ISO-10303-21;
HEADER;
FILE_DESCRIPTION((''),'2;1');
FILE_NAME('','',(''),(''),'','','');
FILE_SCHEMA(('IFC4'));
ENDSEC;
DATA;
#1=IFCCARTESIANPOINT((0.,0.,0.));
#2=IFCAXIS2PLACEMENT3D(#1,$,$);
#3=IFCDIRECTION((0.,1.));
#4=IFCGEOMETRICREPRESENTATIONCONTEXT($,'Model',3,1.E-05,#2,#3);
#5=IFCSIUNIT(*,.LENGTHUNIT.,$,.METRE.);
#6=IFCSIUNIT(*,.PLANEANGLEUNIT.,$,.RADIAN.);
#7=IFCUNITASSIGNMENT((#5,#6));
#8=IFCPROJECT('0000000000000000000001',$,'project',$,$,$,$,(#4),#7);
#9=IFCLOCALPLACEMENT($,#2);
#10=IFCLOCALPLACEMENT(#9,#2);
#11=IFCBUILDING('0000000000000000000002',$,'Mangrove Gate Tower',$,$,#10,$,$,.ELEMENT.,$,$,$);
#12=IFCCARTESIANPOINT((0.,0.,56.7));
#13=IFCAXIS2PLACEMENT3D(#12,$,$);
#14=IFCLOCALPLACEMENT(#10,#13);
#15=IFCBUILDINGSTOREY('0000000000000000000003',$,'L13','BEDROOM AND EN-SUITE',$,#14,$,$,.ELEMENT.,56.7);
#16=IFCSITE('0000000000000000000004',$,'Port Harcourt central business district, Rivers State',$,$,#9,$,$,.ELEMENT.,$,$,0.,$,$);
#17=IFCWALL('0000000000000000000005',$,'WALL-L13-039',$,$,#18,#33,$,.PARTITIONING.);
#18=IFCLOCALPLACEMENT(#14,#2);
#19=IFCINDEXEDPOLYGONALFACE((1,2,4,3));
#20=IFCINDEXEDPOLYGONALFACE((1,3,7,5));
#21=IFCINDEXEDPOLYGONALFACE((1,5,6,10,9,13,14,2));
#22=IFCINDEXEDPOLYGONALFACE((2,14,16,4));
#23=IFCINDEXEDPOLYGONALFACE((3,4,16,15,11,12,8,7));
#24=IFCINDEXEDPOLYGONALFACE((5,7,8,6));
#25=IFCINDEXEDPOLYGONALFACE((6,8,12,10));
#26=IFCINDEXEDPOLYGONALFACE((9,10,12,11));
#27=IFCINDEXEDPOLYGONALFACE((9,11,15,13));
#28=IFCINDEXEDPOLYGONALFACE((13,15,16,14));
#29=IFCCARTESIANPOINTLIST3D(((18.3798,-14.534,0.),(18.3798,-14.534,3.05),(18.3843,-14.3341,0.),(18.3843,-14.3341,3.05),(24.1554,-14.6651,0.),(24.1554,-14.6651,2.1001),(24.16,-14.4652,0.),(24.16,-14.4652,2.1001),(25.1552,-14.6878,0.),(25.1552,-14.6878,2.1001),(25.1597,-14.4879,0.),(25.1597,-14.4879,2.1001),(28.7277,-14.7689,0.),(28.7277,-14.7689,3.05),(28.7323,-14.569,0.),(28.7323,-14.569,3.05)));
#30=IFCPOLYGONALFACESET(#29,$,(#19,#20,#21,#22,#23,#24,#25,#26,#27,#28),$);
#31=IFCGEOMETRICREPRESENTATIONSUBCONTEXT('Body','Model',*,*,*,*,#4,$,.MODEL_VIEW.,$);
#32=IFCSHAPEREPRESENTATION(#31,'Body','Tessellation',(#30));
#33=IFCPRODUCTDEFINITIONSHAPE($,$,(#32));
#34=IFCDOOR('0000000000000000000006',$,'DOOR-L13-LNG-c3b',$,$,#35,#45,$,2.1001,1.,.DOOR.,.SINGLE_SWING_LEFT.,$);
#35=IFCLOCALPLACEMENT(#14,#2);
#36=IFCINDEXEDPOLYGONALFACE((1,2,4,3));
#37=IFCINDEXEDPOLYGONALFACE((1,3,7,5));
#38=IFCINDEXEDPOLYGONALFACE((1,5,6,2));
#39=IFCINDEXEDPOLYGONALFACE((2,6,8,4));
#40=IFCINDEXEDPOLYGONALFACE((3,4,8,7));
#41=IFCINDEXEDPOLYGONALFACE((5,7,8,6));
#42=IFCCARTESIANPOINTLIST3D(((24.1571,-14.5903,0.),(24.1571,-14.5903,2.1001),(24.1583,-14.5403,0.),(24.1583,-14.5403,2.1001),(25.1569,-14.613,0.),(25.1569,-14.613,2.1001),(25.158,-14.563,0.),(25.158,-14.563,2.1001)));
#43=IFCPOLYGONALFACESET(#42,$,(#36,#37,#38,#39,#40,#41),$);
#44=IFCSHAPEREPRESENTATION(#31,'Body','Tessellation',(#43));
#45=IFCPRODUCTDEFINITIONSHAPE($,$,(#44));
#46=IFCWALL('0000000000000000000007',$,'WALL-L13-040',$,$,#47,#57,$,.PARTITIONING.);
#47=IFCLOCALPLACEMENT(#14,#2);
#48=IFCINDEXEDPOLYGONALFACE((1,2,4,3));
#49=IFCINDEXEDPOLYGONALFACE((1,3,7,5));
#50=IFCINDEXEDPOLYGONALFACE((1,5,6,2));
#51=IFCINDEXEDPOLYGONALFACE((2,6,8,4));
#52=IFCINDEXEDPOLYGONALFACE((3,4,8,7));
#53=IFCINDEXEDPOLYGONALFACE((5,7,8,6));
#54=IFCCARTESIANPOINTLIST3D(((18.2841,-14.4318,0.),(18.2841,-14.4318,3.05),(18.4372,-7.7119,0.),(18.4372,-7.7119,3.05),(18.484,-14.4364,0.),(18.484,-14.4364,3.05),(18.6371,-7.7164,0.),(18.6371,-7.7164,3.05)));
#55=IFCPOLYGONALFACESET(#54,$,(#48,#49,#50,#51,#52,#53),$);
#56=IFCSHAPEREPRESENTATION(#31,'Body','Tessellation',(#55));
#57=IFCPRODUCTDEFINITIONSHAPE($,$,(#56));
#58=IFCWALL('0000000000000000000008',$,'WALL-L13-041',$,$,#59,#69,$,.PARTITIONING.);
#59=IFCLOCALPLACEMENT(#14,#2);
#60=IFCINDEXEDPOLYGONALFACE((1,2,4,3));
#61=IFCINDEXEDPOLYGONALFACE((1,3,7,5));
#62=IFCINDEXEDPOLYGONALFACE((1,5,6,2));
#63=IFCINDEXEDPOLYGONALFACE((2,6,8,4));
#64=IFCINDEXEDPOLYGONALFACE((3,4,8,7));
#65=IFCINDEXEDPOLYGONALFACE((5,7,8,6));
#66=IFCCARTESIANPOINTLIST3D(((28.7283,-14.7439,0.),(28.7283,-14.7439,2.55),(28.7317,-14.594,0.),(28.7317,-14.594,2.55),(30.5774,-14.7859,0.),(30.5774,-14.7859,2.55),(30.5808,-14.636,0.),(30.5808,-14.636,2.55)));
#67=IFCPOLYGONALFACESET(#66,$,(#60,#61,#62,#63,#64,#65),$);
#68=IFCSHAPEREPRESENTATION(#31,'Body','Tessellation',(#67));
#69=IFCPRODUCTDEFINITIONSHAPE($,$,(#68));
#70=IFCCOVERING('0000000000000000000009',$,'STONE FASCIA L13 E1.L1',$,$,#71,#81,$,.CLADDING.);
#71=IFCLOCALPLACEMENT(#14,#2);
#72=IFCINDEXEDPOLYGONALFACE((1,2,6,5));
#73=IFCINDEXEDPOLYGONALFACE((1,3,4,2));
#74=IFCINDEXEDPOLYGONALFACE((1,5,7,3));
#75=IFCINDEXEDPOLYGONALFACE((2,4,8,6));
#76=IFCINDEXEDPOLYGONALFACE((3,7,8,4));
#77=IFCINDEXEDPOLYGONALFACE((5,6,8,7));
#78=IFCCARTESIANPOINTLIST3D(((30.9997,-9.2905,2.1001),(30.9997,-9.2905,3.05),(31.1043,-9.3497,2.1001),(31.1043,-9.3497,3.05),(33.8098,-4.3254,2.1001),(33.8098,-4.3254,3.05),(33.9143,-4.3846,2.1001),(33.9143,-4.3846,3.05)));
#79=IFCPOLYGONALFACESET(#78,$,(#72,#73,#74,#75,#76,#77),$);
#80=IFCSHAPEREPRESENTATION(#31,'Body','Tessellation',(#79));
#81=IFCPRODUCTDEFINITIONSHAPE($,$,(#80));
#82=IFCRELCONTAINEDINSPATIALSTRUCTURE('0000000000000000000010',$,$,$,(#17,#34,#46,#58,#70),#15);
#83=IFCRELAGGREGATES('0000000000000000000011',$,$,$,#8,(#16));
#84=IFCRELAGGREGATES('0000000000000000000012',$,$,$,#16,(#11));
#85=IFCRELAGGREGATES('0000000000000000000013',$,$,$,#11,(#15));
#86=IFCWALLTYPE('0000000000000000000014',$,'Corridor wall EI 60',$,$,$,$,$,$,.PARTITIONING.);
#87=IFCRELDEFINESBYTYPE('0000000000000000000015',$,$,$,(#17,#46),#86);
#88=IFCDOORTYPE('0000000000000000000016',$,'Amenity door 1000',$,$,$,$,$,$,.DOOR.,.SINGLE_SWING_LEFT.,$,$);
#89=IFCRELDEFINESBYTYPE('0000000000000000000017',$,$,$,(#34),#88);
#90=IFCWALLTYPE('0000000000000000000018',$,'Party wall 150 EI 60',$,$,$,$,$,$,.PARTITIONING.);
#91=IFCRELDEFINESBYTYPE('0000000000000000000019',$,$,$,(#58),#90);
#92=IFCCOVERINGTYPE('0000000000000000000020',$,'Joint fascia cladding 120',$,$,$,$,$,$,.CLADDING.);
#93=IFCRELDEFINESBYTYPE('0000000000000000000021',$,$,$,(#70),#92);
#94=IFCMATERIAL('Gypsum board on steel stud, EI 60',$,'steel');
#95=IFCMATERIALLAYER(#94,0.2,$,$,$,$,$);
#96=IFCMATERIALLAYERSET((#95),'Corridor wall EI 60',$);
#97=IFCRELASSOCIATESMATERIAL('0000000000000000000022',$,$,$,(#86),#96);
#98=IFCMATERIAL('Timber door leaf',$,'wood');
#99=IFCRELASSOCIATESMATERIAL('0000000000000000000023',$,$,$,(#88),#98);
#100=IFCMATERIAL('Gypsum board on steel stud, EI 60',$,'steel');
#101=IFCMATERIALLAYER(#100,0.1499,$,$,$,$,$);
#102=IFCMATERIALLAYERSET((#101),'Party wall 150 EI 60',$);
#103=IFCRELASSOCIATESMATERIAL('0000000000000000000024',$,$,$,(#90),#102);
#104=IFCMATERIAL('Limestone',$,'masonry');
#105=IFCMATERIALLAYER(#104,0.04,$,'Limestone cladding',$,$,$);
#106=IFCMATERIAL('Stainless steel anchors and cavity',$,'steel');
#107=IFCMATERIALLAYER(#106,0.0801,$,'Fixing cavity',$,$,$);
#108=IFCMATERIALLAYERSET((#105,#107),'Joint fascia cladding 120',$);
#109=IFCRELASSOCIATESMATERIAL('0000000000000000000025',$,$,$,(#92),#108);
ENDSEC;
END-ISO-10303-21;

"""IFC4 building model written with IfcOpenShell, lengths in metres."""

from ifc_helpers import new_model, si_unit, direction, frame, frame_2d, origin, place, context, subcontext, project, spatial, rectangle, extrude, material, layer, layer_set, type_object, element, fill, save


model = new_model("IFC4")

# Units and contexts
model_context = context("Model", 3, precision=1e-05, world=origin(), true_north=direction((0.0, 1.0)))
body_context = subcontext(model_context, "Body", "Model", "MODEL_VIEW")
ifc_project = project(units=[si_unit("LENGTHUNIT", "METRE"), si_unit("PLANEANGLEUNIT", "RADIAN")], contexts=[model_context])

# Site, building, storey
site_placement = place(None, origin())
site = spatial("IfcSite", under=ifc_project, at=site_placement, Name="Port Harcourt central business district, Rivers State", CompositionType="ELEMENT", RefElevation=0.0)
building_placement = place(site_placement, origin())
building = spatial("IfcBuilding", under=site, at=building_placement, Name="Mangrove Gate Tower", CompositionType="ELEMENT")
storey_placement = place(building_placement, frame((0.0, 0.0, 56.7)))
storey = spatial("IfcBuildingStorey", under=building, at=storey_placement, Name="L13", Description="BEDROOM AND EN-SUITE", CompositionType="ELEMENT", Elevation=56.7)

# Shared definitions
ifc_material_1 = material(Name="Gypsum board on steel stud, EI 60", Category="steel")
ifc_layer_1 = layer(ifc_material_1, 0.2)
ifc_layer_set_1 = layer_set([ifc_layer_1], Name="Corridor wall EI 60")
wall_type_1 = type_object("IfcWallType", Name="Corridor wall EI 60", PredefinedType="PARTITIONING", material=ifc_layer_set_1)

# Wall, opening, door
wall_1_placement = place(storey_placement, frame((18.3821, -14.4341, 0.0), z_axis=(0.0, 0.0, 1.0), x_axis=(0.999743, -0.022691, 0.0)))
wall_1 = element("IfcWall", 1, at=wall_1_placement, inside=storey, type_object=wall_type_1, Name="WALL-L13-039", PredefinedType="PARTITIONING", context=body_context, shape_type="SweptSolid", body=[
    extrude(rectangle(XDim=10.3506, YDim=0.2, at=frame_2d((5.1753, 0.0))), origin(), (0.0, 0.0, 1.0), 3.05),
])
opening_placement = place(wall_1_placement, frame((5.7771, 0.0, 0.0)))
opening = element("IfcOpeningElement", 2, at=opening_placement, cuts=wall_1, PredefinedType="OPENING", context=body_context, shape_type="SweptSolid", body=[
    extrude(rectangle(XDim=1.0, YDim=2.1001, at=frame_2d((0.5, 1.05))), frame((0.0, 0.1099, 0.0), z_axis=(0.0, -1.0, 0.0), x_axis=(1.0, 0.0, 0.0)), (0.0, 0.0, 1.0), 0.22),
])
ifc_material_2 = material(Name="Timber door leaf", Category="wood")
door_type = type_object("IfcDoorType", Name="Amenity door 1000", OperationType="SINGLE_SWING_LEFT", PredefinedType="DOOR", material=ifc_material_2)
door_placement = place(opening_placement, origin())
door = element("IfcDoor", 3, at=door_placement, inside=storey, type_object=door_type, Name="DOOR-L13-LNG-c3b", OperationType="SINGLE_SWING_LEFT", OverallHeight=2.1001, OverallWidth=1.0, PredefinedType="DOOR", context=body_context, shape_type="SweptSolid", body=[
    extrude(rectangle(XDim=1.0, YDim=2.1001, at=frame_2d((0.5, 1.05))), frame((0.0, 0.0249, 0.0), z_axis=(0.0, -1.0, 0.0), x_axis=(1.0, 0.0, 0.0)), (0.0, 0.0, 1.0), 0.05),
])
fill(opening, door)

# Walls
wall_2_placement = place(storey_placement, frame((18.384, -14.4341, 0.0), z_axis=(0.0, 0.0, 1.0), x_axis=(0.022773, 0.999741, 0.0)))
element("IfcWall", 4, at=wall_2_placement, inside=storey, type_object=wall_type_1, Name="WALL-L13-040", PredefinedType="PARTITIONING", context=body_context, shape_type="SweptSolid", body=[
    extrude(rectangle(XDim=6.7217, YDim=0.2, at=frame_2d((3.3608, 0.0))), origin(), (0.0, 0.0, 1.0), 3.05),
])
ifc_material_3 = material(Name="Gypsum board on steel stud, EI 60", Category="steel")
ifc_layer_2 = layer(ifc_material_3, 0.1499)
ifc_layer_set_2 = layer_set([ifc_layer_2], Name="Party wall 150 EI 60")
wall_type_2 = type_object("IfcWallType", Name="Party wall 150 EI 60", PredefinedType="PARTITIONING", material=ifc_layer_set_2)
wall_3_placement = place(storey_placement, frame((28.73, -14.6689, 0.0), z_axis=(0.0, 0.0, 1.0), x_axis=(0.999742, -0.022703, 0.0)))
element("IfcWall", 5, at=wall_3_placement, inside=storey, type_object=wall_type_2, Name="WALL-L13-041", PredefinedType="PARTITIONING", context=body_context, shape_type="SweptSolid", body=[
    extrude(rectangle(XDim=1.8496, YDim=0.1499, at=frame_2d((0.9248, 0.0))), origin(), (0.0, 0.0, 1.0), 2.55),
])

# Covering
ifc_material_4 = material(Name="Limestone", Category="masonry")
ifc_layer_3 = layer(ifc_material_4, 0.04, Name="Limestone cladding")
ifc_material_5 = material(Name="Stainless steel anchors and cavity", Category="steel")
ifc_layer_4 = layer(ifc_material_5, 0.0801, Name="Fixing cavity")
ifc_layer_set_3 = layer_set([ifc_layer_3, ifc_layer_4], Name="Joint fascia cladding 120")
covering_type = type_object("IfcCoveringType", Name="Joint fascia cladding 120", PredefinedType="CLADDING", material=ifc_layer_set_3)
covering_placement = place(storey_placement, frame((31.052, -9.3201, 2.1001), z_axis=(0.0, 0.0, 1.0), x_axis=(0.492549, 0.870285, 0.0)))
element("IfcCovering", 6, at=covering_placement, inside=storey, type_object=covering_type, Name="STONE FASCIA L13 E1.L1", PredefinedType="CLADDING", context=body_context, shape_type="SweptSolid", body=[
    extrude(rectangle(XDim=5.7051, YDim=0.1201, at=frame_2d((2.8525, 0.0))), origin(), (0.0, 0.0, 1.0), 0.95),
])

save(model, "model.ifc")
